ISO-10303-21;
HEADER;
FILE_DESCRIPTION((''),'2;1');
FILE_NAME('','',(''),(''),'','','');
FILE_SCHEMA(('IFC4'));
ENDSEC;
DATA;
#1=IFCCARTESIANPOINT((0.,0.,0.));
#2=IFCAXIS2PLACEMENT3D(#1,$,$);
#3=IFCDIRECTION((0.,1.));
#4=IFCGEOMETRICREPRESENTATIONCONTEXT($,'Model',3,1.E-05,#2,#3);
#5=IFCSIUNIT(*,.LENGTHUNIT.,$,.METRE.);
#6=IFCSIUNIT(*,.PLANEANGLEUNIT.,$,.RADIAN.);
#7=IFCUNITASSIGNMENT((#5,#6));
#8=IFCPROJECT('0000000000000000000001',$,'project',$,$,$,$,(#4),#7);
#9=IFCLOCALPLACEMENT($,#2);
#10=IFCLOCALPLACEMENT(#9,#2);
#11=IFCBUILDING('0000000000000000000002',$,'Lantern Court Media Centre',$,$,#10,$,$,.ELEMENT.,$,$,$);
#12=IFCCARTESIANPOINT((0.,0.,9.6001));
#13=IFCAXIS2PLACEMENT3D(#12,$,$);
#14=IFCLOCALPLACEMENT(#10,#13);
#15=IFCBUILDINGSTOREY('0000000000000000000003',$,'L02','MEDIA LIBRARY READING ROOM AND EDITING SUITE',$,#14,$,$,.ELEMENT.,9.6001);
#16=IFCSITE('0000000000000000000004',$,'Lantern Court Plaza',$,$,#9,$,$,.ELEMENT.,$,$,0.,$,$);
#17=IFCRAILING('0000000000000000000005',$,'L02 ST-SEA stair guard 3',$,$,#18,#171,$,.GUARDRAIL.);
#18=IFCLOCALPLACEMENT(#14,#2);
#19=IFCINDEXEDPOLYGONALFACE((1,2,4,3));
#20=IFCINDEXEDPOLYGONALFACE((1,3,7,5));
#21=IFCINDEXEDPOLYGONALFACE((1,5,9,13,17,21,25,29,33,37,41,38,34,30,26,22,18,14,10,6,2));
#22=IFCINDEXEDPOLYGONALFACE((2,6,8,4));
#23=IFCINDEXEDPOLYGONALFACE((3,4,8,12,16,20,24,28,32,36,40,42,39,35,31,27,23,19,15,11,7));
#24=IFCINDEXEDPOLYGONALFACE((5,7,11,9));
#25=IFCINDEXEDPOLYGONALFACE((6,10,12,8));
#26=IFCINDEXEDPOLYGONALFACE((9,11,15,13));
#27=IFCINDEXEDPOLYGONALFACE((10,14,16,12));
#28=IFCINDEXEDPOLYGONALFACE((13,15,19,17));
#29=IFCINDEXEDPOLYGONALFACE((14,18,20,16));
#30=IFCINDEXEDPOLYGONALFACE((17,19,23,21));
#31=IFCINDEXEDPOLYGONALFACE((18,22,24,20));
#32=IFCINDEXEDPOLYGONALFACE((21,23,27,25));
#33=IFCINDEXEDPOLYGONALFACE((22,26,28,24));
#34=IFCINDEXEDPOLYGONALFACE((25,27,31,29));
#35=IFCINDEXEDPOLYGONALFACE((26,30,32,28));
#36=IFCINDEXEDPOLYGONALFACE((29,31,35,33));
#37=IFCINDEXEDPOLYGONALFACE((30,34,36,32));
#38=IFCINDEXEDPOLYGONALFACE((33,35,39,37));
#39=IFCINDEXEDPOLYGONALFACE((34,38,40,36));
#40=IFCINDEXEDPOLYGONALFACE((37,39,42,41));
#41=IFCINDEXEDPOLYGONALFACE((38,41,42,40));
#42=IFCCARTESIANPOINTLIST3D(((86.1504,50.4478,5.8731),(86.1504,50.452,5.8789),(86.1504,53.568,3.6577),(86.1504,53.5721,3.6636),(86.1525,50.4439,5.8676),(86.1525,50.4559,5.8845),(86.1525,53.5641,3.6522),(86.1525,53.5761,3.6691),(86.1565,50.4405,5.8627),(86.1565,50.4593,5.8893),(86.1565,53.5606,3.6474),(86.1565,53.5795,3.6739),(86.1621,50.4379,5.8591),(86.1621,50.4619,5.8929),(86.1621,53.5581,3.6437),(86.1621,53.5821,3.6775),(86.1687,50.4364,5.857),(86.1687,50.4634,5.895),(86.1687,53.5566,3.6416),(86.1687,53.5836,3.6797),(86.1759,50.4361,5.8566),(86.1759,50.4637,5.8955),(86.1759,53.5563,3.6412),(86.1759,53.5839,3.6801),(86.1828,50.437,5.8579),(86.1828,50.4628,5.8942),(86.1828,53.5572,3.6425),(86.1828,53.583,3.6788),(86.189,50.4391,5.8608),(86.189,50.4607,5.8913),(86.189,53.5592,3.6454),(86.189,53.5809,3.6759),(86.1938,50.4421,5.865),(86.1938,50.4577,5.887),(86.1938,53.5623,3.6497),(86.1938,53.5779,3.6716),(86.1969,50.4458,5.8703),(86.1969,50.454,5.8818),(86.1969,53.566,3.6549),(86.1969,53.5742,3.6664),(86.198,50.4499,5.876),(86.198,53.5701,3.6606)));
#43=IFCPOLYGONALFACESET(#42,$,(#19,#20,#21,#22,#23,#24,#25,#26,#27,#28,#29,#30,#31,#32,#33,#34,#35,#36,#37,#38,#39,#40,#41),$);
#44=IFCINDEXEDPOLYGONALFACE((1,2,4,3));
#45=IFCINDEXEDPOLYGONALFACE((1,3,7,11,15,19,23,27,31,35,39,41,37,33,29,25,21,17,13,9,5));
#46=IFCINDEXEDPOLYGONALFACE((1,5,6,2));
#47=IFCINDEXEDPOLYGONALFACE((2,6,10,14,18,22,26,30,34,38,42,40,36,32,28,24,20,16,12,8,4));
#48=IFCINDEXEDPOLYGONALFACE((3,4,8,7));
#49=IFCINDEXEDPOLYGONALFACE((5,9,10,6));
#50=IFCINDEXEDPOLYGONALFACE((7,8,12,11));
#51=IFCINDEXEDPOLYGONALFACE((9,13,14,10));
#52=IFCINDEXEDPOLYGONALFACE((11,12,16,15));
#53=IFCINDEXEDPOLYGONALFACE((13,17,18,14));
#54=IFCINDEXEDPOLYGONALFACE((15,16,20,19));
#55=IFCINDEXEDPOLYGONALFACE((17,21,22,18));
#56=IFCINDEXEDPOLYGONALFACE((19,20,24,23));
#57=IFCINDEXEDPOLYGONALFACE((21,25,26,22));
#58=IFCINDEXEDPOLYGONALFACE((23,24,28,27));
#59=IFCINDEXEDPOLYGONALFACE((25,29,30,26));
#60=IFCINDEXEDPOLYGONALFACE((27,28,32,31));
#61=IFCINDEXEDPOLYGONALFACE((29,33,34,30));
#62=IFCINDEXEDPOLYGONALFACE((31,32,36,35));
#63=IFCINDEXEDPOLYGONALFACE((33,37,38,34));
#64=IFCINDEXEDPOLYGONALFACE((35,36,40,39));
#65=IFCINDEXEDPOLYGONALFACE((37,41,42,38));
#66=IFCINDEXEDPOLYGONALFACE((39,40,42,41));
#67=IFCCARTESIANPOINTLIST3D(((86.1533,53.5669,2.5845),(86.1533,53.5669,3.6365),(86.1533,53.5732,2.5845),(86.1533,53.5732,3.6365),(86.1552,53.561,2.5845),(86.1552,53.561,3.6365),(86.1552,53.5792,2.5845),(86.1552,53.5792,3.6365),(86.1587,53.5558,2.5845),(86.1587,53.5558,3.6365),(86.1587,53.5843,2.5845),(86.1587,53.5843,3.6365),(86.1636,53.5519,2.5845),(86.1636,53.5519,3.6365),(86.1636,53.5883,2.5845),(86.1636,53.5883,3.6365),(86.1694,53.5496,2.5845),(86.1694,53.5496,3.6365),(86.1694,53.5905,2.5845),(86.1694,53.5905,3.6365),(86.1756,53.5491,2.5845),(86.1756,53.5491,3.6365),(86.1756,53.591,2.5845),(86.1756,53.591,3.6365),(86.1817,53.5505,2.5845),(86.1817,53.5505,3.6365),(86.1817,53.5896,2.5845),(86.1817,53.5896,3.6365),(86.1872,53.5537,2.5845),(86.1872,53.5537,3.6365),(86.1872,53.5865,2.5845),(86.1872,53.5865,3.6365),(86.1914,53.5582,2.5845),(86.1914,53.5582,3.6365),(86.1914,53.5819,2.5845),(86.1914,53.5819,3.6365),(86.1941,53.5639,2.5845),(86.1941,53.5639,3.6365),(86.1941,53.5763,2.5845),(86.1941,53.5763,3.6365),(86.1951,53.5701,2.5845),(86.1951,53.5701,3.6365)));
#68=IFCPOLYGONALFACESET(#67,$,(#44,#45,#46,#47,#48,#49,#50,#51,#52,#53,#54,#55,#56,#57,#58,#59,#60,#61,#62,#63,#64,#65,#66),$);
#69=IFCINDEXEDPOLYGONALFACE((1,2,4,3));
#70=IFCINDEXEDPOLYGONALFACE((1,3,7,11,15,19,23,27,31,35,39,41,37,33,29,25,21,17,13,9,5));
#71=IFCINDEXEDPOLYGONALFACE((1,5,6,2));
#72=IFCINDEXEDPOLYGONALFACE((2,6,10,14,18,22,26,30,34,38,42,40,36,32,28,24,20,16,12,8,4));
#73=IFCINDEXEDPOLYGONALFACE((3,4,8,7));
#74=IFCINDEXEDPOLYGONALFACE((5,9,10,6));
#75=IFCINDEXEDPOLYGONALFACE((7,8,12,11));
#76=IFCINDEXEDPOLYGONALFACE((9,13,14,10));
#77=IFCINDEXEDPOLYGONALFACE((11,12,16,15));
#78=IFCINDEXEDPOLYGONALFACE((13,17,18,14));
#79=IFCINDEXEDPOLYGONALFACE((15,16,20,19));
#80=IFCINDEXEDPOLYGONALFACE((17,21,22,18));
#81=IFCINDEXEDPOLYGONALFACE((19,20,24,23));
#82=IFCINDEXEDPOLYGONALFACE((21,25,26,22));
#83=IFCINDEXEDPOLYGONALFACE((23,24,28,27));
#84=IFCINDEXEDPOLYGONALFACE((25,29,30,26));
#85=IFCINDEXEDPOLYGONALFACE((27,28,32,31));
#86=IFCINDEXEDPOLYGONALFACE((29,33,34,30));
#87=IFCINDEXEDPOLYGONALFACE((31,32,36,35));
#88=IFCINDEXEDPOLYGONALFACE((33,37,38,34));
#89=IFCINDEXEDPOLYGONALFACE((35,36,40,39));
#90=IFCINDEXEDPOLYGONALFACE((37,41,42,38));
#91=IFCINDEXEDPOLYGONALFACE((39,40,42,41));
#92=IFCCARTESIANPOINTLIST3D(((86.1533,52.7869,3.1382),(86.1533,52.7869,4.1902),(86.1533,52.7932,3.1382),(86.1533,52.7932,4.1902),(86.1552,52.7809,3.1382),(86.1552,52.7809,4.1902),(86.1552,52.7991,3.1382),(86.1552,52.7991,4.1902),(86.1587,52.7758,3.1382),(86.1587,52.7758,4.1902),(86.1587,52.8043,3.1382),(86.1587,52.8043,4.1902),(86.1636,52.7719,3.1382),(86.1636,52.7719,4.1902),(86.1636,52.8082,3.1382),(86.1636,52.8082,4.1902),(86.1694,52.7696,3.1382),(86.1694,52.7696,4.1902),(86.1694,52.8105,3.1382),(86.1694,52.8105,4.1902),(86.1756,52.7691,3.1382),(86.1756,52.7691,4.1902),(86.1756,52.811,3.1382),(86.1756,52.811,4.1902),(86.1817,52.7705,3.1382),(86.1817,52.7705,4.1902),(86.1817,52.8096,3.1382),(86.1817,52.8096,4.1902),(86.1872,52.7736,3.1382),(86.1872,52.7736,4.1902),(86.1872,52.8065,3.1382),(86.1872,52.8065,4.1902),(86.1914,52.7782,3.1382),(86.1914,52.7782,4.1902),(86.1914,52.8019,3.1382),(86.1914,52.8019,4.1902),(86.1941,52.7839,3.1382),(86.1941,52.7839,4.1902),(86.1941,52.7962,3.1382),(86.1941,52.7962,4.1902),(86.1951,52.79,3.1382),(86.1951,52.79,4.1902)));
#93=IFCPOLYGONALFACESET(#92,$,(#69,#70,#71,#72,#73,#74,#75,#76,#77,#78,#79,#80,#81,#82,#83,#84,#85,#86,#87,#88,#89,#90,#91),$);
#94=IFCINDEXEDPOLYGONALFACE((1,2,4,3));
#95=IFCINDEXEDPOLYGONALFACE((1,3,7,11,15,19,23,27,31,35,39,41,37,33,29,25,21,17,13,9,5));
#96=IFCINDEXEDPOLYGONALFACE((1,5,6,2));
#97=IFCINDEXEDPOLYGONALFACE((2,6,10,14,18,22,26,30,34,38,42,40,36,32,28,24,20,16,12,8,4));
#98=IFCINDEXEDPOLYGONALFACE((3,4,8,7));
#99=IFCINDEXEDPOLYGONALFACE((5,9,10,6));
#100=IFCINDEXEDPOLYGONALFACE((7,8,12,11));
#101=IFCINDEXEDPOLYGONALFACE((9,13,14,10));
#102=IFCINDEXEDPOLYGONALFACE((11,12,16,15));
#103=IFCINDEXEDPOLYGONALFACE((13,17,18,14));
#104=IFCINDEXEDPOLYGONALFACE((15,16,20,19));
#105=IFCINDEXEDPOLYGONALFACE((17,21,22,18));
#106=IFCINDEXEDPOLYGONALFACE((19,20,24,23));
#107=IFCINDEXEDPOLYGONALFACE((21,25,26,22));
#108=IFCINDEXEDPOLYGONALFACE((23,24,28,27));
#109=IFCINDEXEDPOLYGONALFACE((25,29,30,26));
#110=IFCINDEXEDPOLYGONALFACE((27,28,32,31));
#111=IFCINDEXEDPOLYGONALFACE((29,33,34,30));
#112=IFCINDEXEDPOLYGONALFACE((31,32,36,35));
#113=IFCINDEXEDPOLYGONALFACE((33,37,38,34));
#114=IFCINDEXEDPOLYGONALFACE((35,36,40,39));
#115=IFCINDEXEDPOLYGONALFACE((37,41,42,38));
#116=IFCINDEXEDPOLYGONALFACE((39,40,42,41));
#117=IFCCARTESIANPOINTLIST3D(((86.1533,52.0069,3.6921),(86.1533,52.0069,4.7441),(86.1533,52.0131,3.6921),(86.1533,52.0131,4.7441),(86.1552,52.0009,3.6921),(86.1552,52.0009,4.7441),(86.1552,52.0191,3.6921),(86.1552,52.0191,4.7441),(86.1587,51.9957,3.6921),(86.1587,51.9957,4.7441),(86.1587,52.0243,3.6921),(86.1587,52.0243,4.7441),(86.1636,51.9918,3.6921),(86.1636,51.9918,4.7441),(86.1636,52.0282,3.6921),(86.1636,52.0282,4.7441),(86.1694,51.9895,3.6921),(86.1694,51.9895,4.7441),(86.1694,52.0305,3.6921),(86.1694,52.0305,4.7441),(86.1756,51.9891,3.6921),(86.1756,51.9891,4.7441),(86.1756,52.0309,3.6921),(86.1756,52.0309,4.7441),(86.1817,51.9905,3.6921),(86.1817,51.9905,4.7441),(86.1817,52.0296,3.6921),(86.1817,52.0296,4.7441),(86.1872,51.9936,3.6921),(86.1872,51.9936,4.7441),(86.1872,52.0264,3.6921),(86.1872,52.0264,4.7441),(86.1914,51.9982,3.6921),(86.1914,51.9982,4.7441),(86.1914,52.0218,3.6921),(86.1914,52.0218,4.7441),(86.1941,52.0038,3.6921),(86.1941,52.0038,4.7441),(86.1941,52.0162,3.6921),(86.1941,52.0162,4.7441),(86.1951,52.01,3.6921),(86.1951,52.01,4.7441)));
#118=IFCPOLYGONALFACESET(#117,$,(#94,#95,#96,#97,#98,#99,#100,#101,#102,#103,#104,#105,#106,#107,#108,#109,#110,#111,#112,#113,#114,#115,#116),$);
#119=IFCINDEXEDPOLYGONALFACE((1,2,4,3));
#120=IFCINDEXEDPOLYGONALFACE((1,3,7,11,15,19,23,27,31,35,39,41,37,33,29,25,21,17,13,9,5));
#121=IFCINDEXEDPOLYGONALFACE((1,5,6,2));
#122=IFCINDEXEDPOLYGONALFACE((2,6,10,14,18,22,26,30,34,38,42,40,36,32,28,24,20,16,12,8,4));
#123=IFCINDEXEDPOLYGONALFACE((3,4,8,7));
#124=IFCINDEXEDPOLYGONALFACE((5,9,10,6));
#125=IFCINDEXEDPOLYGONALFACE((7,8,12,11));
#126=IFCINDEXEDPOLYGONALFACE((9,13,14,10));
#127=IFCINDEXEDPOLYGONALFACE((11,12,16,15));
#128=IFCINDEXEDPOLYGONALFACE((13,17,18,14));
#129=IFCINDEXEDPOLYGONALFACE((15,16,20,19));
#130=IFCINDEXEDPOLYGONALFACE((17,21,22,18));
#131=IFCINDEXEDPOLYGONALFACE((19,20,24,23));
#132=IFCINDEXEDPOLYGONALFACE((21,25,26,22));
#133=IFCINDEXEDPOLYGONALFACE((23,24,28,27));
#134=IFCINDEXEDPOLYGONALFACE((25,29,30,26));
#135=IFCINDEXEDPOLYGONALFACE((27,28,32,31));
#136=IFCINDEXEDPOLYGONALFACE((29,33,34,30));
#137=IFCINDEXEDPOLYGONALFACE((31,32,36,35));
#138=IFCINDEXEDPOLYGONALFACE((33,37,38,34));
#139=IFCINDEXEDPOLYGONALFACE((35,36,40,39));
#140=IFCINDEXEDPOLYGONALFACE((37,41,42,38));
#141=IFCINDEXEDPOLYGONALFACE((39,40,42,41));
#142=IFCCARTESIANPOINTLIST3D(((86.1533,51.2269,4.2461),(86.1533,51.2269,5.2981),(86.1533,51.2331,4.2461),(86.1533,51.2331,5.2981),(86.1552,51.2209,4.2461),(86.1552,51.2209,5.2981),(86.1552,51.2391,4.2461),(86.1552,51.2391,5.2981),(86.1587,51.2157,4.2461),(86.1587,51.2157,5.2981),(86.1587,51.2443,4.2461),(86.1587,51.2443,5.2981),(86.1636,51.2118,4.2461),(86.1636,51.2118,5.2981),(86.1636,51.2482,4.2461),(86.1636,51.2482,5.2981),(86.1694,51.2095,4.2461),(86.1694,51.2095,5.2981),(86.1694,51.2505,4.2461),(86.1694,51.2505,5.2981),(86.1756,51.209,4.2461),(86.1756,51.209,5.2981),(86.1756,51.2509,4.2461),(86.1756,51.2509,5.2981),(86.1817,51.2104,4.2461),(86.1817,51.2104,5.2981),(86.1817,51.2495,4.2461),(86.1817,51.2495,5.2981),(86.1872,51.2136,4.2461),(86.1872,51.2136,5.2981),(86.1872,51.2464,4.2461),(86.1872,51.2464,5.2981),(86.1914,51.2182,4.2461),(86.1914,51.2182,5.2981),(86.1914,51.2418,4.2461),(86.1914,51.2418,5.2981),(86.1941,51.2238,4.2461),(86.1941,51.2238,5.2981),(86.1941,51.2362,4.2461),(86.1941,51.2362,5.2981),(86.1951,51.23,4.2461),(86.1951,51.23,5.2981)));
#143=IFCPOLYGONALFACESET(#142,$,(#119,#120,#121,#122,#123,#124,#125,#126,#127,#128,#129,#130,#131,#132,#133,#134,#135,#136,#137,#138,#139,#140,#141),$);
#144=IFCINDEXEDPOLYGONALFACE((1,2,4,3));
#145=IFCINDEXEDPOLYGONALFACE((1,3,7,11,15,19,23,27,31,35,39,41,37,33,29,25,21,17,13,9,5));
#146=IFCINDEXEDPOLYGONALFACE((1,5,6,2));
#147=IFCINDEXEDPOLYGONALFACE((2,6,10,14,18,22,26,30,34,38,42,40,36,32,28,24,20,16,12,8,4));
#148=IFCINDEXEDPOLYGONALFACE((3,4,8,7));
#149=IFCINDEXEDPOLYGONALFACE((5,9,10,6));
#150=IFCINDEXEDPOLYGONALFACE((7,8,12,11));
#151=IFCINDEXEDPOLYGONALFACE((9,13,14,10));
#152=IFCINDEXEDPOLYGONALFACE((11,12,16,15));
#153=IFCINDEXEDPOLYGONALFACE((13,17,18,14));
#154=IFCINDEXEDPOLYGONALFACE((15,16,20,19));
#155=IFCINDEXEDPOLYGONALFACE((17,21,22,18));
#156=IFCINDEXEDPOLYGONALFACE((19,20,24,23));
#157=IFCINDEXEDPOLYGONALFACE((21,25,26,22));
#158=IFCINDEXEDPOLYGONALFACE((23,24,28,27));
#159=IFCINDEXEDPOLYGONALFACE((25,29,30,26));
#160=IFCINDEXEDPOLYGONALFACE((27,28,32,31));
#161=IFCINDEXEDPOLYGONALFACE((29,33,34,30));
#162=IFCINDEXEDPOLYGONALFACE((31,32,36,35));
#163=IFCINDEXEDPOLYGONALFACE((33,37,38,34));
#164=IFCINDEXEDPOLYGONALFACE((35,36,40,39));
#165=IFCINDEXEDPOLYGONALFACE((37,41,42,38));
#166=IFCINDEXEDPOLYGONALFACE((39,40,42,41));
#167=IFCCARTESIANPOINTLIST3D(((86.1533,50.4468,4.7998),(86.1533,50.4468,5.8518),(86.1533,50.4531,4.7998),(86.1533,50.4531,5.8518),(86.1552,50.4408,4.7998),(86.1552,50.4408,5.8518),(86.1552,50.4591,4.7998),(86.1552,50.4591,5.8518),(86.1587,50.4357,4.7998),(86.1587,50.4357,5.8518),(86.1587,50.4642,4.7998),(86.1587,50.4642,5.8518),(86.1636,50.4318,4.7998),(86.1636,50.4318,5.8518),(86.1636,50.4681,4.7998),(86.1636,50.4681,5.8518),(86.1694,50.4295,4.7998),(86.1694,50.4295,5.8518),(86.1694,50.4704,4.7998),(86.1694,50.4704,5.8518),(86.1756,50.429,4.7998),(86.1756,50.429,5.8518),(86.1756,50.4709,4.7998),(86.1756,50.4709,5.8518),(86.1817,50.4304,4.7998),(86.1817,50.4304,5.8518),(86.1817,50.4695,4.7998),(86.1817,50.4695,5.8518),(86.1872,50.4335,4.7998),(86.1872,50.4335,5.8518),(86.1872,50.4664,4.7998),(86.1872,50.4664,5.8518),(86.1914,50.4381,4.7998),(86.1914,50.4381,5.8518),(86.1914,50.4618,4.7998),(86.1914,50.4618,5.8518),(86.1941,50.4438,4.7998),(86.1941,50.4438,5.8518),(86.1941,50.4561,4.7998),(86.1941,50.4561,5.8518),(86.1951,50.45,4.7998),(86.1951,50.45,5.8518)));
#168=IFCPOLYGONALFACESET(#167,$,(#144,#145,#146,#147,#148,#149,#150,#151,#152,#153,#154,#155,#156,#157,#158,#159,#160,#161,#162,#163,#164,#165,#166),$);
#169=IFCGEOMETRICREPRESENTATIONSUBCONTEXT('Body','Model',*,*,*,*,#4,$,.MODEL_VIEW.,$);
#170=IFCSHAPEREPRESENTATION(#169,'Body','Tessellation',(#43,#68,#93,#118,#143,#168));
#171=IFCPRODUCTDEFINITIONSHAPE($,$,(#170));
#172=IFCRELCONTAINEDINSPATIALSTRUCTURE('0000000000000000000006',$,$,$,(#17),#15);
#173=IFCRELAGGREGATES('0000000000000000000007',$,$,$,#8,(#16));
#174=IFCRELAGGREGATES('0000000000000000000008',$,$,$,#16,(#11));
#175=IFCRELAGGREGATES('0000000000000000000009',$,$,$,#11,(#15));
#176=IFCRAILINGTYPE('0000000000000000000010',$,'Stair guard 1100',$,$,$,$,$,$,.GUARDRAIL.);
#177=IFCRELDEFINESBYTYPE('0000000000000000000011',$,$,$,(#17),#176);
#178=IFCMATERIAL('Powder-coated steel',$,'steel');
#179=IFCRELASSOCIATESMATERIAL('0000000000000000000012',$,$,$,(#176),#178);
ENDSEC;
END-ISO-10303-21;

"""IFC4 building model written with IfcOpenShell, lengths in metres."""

from ifc_helpers import new_model, si_unit, direction, frame, origin, origin_2d, place, context, subcontext, project, spatial, circle, extrude, material, type_object, element, save


model = new_model("IFC4")

# Units and contexts
model_context = context("Model", 3, precision=1e-05, world=origin(), true_north=direction((0.0, 1.0)))
body_context = subcontext(model_context, "Body", "Model", "MODEL_VIEW")
ifc_project = project(units=[si_unit("LENGTHUNIT", "METRE"), si_unit("PLANEANGLEUNIT", "RADIAN")], contexts=[model_context])

# Site, building, storey
site_placement = place(None, origin())
site = spatial("IfcSite", under=ifc_project, at=site_placement, Name="Lantern Court Plaza", CompositionType="ELEMENT", RefElevation=0.0)
building_placement = place(site_placement, origin())
building = spatial("IfcBuilding", under=site, at=building_placement, Name="Lantern Court Media Centre", CompositionType="ELEMENT")
storey_placement = place(building_placement, frame((0.0, 0.0, 9.6001)))
storey = spatial("IfcBuildingStorey", under=building, at=storey_placement, Name="L02", Description="MEDIA LIBRARY READING ROOM AND EDITING SUITE", CompositionType="ELEMENT", Elevation=9.6001)

# Railing
ifc_material_1 = material(Name="Powder-coated steel", Category="steel")
railing_type_1 = type_object("IfcRailingType", Name="Stair guard 1100", PredefinedType="GUARDRAIL", material=ifc_material_1)
railing_1_placement = place(storey_placement, frame((86.1741, 53.5701, 2.5845)))
element("IfcRailing", 1, at=railing_1_placement, inside=storey, type_object=railing_type_1, Name="L02 ST-SEA stair guard 3", PredefinedType="GUARDRAIL", context=body_context, shape_type="SweptSolid", body=[
    extrude(circle(Radius=0.0239, at=origin_2d()), frame((0.0, 0.0, 1.0762), z_axis=(0.0, -0.815377, 0.57893), x_axis=(1.0, 0.0, 0.0)), (0.0, 0.0, 1.0), 3.8267),
    extrude(circle(Radius=0.021, at=origin_2d()), origin(), (0.0, 0.0, 1.0), 1.052),
    extrude(circle(Radius=0.021, at=origin_2d()), frame((0.0, -0.78, 0.5537)), (0.0, 0.0, 1.0), 1.052),
    extrude(circle(Radius=0.021, at=origin_2d()), frame((0.0, -1.5601, 1.1077)), (0.0, 0.0, 1.0), 1.052),
    extrude(circle(Radius=0.021, at=origin_2d()), frame((0.0, -2.3401, 1.6616)), (0.0, 0.0, 1.0), 1.052),
    extrude(circle(Radius=0.021, at=origin_2d()), frame((0.0, -3.1201, 2.2153)), (0.0, 0.0, 1.0), 1.052),
])

save(model, "model.ifc")
